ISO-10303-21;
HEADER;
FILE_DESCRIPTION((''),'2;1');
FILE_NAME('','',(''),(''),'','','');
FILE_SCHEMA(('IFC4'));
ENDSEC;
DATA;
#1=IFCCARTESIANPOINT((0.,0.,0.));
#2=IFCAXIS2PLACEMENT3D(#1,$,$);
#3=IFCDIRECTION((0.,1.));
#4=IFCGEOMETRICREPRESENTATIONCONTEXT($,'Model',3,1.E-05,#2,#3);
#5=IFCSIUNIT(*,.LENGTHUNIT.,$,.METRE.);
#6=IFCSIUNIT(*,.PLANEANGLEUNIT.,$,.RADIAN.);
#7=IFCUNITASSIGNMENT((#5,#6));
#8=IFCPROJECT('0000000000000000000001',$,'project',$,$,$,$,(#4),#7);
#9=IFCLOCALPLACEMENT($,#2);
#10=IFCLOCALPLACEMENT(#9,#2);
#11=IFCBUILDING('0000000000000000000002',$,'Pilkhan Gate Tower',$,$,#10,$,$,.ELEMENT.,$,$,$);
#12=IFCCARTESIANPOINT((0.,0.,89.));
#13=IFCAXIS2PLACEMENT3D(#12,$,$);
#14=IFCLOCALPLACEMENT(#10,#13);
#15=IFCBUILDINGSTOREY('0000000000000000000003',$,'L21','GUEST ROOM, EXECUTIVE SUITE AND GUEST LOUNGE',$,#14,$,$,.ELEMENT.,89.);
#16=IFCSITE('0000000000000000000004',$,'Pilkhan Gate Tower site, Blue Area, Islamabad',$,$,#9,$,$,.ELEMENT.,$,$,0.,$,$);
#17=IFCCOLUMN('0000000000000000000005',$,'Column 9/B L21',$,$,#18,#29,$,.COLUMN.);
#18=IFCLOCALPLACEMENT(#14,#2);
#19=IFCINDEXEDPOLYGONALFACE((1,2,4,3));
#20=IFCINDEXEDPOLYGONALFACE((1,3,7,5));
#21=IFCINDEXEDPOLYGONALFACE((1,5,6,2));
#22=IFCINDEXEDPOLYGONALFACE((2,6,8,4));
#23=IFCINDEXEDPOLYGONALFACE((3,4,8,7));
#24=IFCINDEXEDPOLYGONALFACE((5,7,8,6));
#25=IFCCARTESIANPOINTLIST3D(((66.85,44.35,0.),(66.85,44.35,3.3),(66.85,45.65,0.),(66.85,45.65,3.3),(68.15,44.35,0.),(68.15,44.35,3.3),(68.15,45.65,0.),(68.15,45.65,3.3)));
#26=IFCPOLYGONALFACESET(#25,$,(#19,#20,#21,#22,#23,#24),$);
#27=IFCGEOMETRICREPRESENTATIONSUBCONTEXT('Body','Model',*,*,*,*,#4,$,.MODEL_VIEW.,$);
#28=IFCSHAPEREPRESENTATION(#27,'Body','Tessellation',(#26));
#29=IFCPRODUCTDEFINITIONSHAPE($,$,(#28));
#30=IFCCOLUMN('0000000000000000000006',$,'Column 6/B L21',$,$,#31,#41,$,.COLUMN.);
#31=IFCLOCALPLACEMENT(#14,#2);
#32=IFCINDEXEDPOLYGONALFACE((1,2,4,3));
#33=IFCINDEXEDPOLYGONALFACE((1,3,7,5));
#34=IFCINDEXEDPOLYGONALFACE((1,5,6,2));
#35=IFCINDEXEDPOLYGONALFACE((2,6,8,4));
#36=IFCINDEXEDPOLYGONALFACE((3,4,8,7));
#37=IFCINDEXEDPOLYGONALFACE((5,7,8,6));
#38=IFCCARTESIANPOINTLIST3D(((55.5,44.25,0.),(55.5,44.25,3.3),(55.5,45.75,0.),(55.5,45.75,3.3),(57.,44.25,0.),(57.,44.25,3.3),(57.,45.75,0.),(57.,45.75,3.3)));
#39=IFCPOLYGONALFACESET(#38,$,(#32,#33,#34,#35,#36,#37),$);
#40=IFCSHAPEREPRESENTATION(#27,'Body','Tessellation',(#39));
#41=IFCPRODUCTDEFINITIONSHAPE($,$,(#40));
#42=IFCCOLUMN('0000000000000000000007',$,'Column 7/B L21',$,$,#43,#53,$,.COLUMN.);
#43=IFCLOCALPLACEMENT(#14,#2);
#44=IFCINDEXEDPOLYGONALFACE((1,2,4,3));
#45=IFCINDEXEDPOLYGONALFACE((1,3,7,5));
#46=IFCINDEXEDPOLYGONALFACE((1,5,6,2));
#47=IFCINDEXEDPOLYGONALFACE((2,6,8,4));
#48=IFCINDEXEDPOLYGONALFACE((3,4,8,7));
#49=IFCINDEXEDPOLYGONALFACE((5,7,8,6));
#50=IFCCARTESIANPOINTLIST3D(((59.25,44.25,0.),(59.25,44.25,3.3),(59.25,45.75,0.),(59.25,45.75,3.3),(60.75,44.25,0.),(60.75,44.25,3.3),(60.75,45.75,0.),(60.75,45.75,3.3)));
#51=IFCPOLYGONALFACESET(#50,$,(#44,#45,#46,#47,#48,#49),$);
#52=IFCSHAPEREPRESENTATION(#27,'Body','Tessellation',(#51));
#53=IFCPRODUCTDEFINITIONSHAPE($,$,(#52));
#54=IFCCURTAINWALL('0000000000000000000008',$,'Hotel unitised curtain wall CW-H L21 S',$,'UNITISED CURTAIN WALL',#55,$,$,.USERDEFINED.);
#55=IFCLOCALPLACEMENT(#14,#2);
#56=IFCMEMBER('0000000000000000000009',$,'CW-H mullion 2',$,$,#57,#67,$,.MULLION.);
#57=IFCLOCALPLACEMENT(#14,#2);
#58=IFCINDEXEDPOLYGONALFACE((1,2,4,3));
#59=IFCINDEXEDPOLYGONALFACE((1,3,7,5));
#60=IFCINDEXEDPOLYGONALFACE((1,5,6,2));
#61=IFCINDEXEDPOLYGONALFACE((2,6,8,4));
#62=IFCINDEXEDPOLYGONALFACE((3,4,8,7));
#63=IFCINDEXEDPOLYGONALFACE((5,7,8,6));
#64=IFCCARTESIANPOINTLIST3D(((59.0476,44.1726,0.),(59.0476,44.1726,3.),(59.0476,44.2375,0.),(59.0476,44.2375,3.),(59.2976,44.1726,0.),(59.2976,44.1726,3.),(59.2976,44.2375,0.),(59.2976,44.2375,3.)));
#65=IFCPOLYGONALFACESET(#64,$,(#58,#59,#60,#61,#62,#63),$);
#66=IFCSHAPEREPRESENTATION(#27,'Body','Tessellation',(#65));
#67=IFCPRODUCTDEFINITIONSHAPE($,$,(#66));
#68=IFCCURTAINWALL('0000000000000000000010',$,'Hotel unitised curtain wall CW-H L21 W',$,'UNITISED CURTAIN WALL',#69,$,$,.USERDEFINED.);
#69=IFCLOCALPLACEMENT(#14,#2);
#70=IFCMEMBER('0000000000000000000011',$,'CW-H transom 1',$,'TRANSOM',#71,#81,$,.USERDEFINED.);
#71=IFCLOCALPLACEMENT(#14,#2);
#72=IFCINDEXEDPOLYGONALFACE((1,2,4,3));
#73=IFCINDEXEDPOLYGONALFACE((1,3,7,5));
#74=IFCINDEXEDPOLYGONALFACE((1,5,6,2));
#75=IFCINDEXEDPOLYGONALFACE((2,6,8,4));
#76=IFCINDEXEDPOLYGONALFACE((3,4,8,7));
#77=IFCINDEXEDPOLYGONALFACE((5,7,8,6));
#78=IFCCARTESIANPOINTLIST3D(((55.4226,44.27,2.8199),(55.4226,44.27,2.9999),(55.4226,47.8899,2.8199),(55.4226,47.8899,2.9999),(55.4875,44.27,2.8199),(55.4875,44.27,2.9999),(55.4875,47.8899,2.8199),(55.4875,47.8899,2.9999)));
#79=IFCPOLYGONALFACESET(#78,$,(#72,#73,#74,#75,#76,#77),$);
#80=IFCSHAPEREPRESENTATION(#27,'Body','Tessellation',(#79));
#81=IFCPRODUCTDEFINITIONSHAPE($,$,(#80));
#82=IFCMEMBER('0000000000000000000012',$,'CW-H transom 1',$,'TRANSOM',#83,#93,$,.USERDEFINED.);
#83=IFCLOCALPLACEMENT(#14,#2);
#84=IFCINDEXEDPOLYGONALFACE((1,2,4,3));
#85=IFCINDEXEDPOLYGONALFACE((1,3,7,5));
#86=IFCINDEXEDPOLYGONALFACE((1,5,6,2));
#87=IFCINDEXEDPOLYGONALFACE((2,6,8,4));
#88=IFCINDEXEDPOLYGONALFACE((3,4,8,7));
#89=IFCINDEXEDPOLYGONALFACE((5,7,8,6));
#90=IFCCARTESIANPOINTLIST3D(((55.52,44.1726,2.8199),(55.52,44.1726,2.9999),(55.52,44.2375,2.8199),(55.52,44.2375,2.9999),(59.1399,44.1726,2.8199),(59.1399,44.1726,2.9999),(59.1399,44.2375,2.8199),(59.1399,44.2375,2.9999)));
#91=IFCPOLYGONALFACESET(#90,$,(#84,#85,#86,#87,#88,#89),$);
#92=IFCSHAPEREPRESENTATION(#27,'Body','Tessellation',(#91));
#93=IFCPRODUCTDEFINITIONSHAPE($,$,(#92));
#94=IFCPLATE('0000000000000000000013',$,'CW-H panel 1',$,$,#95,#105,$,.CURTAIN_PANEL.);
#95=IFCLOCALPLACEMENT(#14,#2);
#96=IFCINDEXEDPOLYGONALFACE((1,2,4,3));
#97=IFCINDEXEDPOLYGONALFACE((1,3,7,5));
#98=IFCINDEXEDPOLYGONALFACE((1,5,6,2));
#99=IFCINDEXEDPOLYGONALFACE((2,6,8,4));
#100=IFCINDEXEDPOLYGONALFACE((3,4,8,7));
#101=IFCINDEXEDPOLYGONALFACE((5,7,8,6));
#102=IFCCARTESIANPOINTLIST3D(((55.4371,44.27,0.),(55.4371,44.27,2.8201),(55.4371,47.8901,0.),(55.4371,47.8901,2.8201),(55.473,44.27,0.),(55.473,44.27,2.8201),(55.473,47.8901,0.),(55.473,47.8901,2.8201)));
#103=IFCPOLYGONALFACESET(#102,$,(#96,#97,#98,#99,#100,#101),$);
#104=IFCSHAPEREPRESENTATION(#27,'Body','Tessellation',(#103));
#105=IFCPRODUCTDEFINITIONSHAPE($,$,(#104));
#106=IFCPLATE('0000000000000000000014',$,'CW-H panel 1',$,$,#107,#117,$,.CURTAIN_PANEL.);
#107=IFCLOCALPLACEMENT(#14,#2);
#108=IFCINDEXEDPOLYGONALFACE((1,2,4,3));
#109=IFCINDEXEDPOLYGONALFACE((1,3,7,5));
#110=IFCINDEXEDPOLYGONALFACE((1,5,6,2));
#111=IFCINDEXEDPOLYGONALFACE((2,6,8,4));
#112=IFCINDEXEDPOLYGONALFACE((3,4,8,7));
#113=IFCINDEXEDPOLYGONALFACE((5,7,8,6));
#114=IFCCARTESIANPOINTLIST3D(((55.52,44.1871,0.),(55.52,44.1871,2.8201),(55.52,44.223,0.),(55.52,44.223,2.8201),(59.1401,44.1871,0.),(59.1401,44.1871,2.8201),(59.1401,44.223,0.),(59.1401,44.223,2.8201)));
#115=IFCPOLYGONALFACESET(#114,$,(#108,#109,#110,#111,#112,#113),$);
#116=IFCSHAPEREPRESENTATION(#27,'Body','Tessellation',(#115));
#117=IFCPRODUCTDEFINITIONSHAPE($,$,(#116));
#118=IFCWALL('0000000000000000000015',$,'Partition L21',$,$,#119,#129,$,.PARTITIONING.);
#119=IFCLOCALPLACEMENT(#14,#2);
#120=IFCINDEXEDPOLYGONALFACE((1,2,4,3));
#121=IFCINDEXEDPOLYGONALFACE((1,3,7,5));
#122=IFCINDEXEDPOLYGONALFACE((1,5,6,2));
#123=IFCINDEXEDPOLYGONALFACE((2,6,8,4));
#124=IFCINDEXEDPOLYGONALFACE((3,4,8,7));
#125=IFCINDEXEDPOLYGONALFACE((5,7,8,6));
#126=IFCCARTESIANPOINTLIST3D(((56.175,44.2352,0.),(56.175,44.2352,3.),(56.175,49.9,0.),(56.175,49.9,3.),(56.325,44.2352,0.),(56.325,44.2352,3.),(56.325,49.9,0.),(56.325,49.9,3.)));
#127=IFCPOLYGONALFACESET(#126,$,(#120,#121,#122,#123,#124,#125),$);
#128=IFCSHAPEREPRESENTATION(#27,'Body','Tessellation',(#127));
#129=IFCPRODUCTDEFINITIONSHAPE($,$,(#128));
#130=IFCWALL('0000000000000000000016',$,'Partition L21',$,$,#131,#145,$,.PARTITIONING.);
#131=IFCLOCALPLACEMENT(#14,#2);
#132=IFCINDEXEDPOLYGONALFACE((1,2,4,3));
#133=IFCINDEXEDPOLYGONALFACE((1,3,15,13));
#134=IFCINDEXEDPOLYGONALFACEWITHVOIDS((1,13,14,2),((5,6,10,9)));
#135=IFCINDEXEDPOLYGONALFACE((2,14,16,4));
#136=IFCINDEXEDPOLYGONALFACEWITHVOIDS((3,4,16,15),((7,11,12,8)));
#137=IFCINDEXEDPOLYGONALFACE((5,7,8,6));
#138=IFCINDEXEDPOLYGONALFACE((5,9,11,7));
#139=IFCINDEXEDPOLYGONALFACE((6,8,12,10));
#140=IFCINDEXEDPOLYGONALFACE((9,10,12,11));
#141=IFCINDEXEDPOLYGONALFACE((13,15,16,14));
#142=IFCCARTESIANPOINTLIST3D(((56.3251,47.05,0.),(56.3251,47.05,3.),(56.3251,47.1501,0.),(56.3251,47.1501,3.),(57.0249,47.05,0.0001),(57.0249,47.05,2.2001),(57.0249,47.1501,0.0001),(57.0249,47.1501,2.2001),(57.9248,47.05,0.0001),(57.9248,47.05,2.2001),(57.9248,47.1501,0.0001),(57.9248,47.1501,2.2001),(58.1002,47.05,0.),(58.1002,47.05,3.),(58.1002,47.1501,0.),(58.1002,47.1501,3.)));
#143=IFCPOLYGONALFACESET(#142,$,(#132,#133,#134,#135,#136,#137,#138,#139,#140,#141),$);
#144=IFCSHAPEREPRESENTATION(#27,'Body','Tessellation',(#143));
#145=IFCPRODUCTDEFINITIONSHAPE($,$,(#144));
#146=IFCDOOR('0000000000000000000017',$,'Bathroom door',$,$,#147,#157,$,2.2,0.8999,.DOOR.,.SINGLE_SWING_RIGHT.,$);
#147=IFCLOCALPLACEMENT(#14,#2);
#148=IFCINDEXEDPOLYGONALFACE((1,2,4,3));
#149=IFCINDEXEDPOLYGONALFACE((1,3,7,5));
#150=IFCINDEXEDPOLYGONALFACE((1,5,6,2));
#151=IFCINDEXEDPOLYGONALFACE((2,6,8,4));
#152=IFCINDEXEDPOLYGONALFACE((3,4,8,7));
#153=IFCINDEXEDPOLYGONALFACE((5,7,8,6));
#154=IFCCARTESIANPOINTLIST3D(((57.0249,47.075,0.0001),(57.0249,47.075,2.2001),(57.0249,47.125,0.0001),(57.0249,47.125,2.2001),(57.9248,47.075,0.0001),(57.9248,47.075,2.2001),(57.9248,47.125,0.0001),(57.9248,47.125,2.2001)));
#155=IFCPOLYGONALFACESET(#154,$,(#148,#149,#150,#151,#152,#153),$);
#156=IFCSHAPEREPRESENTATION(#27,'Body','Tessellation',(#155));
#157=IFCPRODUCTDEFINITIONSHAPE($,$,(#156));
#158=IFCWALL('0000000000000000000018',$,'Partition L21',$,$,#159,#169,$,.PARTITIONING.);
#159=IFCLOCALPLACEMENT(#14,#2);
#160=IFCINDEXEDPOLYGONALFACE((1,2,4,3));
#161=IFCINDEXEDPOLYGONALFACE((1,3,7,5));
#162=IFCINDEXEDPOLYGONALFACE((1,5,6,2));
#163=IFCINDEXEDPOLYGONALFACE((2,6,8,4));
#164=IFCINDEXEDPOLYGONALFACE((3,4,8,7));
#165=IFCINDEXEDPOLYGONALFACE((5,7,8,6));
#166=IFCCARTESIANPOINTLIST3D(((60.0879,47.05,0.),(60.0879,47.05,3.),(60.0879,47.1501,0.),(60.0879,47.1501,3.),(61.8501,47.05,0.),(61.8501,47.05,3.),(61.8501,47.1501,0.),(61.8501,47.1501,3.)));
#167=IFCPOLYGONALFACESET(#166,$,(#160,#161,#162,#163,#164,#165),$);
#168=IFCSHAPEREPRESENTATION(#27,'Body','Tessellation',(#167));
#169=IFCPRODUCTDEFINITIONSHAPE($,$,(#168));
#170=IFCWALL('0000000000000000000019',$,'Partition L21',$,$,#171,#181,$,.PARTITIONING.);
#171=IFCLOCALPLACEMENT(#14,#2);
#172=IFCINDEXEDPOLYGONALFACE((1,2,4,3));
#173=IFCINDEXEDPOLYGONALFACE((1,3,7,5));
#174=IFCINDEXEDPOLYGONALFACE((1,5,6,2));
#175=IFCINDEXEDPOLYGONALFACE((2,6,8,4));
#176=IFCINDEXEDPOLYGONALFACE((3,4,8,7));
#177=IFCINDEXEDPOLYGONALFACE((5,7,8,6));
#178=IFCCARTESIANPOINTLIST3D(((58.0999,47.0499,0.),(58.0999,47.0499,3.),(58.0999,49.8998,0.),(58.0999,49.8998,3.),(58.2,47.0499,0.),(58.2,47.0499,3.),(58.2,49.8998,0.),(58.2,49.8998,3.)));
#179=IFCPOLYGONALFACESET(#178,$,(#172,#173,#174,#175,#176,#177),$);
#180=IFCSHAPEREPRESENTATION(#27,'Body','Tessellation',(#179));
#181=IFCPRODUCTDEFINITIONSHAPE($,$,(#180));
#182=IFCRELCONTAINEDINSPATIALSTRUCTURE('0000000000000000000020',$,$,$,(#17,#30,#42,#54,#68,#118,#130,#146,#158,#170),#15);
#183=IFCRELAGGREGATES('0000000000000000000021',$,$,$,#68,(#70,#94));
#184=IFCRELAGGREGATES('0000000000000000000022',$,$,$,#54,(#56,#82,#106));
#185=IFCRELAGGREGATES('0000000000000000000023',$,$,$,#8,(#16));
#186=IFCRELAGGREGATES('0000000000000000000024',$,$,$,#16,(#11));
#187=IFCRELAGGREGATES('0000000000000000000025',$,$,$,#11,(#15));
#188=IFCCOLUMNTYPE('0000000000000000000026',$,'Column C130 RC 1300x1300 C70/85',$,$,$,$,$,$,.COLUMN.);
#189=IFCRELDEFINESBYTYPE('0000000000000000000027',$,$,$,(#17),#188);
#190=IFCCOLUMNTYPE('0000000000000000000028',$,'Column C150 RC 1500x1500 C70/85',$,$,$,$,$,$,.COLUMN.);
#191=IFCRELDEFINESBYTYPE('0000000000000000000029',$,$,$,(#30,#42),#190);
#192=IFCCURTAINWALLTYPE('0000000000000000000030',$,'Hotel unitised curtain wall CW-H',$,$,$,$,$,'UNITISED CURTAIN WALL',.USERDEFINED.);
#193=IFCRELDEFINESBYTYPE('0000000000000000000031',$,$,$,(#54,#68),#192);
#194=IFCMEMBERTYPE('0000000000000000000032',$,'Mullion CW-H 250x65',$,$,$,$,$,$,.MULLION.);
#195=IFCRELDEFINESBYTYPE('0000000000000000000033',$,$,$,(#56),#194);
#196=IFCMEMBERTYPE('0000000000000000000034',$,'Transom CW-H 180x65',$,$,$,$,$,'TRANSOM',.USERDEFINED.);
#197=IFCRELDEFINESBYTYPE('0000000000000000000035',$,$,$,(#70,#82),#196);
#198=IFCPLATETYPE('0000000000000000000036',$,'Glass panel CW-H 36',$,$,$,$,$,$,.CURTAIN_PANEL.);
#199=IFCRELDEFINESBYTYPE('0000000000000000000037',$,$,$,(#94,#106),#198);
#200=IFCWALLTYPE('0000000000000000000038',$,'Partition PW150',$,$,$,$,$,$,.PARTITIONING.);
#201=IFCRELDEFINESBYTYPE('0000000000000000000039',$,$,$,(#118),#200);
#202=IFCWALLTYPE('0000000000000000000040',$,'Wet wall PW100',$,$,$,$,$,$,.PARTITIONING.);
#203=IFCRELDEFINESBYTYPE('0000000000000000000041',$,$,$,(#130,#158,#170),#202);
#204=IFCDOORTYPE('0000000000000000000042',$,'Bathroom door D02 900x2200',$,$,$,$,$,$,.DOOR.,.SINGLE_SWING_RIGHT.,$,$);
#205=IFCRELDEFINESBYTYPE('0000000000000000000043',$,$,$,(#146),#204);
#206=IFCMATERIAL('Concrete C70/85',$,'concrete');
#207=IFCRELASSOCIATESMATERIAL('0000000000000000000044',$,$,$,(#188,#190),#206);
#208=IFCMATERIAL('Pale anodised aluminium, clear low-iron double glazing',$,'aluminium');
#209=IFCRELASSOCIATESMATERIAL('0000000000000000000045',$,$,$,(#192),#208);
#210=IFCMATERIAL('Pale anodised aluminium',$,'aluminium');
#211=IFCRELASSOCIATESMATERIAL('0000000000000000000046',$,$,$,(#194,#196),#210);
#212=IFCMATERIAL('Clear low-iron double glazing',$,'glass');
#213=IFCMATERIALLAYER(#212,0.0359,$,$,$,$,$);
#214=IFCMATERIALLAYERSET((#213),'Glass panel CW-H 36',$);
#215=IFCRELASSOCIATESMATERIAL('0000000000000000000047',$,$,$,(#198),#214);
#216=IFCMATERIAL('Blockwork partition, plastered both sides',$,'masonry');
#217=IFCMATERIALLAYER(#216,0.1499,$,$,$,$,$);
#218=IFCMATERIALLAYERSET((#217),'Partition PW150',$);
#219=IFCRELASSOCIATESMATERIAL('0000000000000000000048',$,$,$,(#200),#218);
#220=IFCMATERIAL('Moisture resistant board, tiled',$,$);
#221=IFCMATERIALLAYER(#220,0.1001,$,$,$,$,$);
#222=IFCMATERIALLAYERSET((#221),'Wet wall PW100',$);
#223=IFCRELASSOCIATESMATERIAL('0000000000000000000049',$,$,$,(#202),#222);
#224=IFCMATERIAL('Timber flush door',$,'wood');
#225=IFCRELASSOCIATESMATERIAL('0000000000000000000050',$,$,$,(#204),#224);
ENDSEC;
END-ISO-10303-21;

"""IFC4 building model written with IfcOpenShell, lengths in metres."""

from ifc_helpers import new_model, si_unit, direction, frame, frame_2d, origin, origin_2d, place, context, subcontext, project, spatial, rectangle, extrude, material, layer, layer_set, material_profile, profile_set, type_object, element, fill, aggregate, save


model = new_model("IFC4")

# Units and contexts
model_context = context("Model", 3, precision=1e-05, world=origin(), true_north=direction((0.0, 1.0)))
body_context = subcontext(model_context, "Body", "Model", "MODEL_VIEW")
ifc_project = project(units=[si_unit("LENGTHUNIT", "METRE"), si_unit("PLANEANGLEUNIT", "RADIAN")], contexts=[model_context])

# Site, building, storey
site_placement = place(None, origin())
site = spatial("IfcSite", under=ifc_project, at=site_placement, Name="Pilkhan Gate Tower site, Blue Area, Islamabad", CompositionType="ELEMENT", RefElevation=0.0)
building_placement = place(site_placement, origin())
building = spatial("IfcBuilding", under=site, at=building_placement, Name="Pilkhan Gate Tower", CompositionType="ELEMENT")
storey_placement = place(building_placement, frame((0.0, 0.0, 89.0)))
storey = spatial("IfcBuildingStorey", under=building, at=storey_placement, Name="L21", Description="GUEST ROOM, EXECUTIVE SUITE AND GUEST LOUNGE", CompositionType="ELEMENT", Elevation=89.0)

# Columns
ifc_material_1 = material(Name="Concrete C70/85", Category="concrete")
ifc_material_profile_1 = material_profile(ifc_material_1, rectangle(XDim=1.3, YDim=1.3, at=origin_2d()), Name="RC 1300x1300")
ifc_profile_set_1 = profile_set([ifc_material_profile_1], Name="Concrete C70/85")
column_type_1 = type_object("IfcColumnType", Name="Column C130 RC 1300x1300 C70/85", PredefinedType="COLUMN", material=ifc_profile_set_1)
column_placement = place(storey_placement, frame((67.5, 45.0, 0.0), z_axis=(0.0, 0.0, 1.0), x_axis=(1.0, 0.0, 0.0)))
element("IfcColumn", 1, at=column_placement, inside=storey, type_object=column_type_1, Name="Column 9/B L21", PredefinedType="COLUMN", context=body_context, shape_type="SweptSolid", body=[
    extrude(rectangle(XDim=1.3, YDim=1.3, at=origin_2d()), origin(), (0.0, 0.0, 1.0), 3.3),
])
ifc_material_profile_2 = material_profile(ifc_material_1, rectangle(XDim=1.5, YDim=1.5, at=origin_2d()), Name="RC 1500x1500")
ifc_profile_set_2 = profile_set([ifc_material_profile_2], Name="Concrete C70/85")
column_type_2 = type_object("IfcColumnType", Name="Column C150 RC 1500x1500 C70/85", PredefinedType="COLUMN", material=ifc_profile_set_2)
for number, where, z_axis, x_axis, name in (
    (2, (56.25, 45.0, 0.0), (0.0, 0.0, 1.0), (1.0, 0.0, 0.0), "Column 6/B L21"),
    (3, (60.0, 45.0, 0.0), (0.0, 0.0, 1.0), (1.0, 0.0, 0.0), "Column 7/B L21"),
):
    element("IfcColumn", number, at=place(storey_placement, frame(where, z_axis=z_axis, x_axis=x_axis)), inside=storey, type_object=column_type_2, Name=name, PredefinedType="COLUMN", context=body_context, shape_type="SweptSolid", body=[
        extrude(rectangle(XDim=1.5, YDim=1.5, at=origin_2d()), origin(), (0.0, 0.0, 1.0), 3.3),
    ])

# Curtain walls, members
ifc_material_2 = material(Name="Pale anodised aluminium, clear low-iron double glazing", Category="aluminium")
curtain_wall_type = type_object("IfcCurtainWallType", Name="Hotel unitised curtain wall CW-H", ElementType="UNITISED CURTAIN WALL", PredefinedType="USERDEFINED", material=ifc_material_2)
curtain_wall_1_placement = place(storey_placement, origin())
curtain_wall_1 = element("IfcCurtainWall", 4, at=curtain_wall_1_placement, inside=storey, type_object=curtain_wall_type, Name="Hotel unitised curtain wall CW-H L21 S", ObjectType="UNITISED CURTAIN WALL", PredefinedType="USERDEFINED")
ifc_material_3 = material(Name="Pale anodised aluminium", Category="aluminium")
ifc_material_profile_3 = material_profile(ifc_material_3, rectangle(XDim=0.0649, YDim=0.25, at=origin_2d()), Name="Mullion 250x65")
ifc_profile_set_3 = profile_set([ifc_material_profile_3], Name="Pale anodised aluminium")
member_type_1 = type_object("IfcMemberType", Name="Mullion CW-H 250x65", PredefinedType="MULLION", material=ifc_profile_set_3)
member_1_placement = place(storey_placement, frame((59.1726, 44.2051, 0.0), z_axis=(0.0, 0.0, 1.0), x_axis=(0.0, 1.0, 0.0)))
member_1 = element("IfcMember", 5, at=member_1_placement, type_object=member_type_1, Name="CW-H mullion 2", PredefinedType="MULLION", context=body_context, shape_type="SweptSolid", body=[
    extrude(rectangle(XDim=0.0649, YDim=0.25, at=origin_2d()), origin(), (0.0, 0.0, 1.0), 3.0),
])
curtain_wall_2_placement = place(storey_placement, origin())
curtain_wall_2 = element("IfcCurtainWall", 6, at=curtain_wall_2_placement, inside=storey, type_object=curtain_wall_type, Name="Hotel unitised curtain wall CW-H L21 W", ObjectType="UNITISED CURTAIN WALL", PredefinedType="USERDEFINED")
ifc_material_profile_4 = material_profile(ifc_material_3, rectangle(XDim=0.0649, YDim=0.1799, at=origin_2d()), Name="Transom 180x65")
ifc_profile_set_4 = profile_set([ifc_material_profile_4], Name="Pale anodised aluminium")
member_type_2 = type_object("IfcMemberType", Name="Transom CW-H 180x65", ElementType="TRANSOM", PredefinedType="USERDEFINED", material=ifc_profile_set_4)
member_2_placement = place(storey_placement, frame((55.4551, 44.27, 2.9099), z_axis=(0.0, 1.0, 0.0), x_axis=(-1.0, 0.0, 0.0)))
member_2 = element("IfcMember", 7, at=member_2_placement, type_object=member_type_2, Name="CW-H transom 1", ObjectType="TRANSOM", PredefinedType="USERDEFINED", context=body_context, shape_type="SweptSolid", body=[
    extrude(rectangle(XDim=0.0649, YDim=0.1799, at=origin_2d()), origin(), (0.0, 0.0, 1.0), 3.6199),
])

# Member
member_3_placement = place(storey_placement, frame((55.52, 44.2051, 2.9099), z_axis=(1.0, 0.0, 0.0), x_axis=(0.0, 1.0, 0.0)))
member_3 = element("IfcMember", 8, at=member_3_placement, type_object=member_type_2, Name="CW-H transom 1", ObjectType="TRANSOM", PredefinedType="USERDEFINED", context=body_context, shape_type="SweptSolid", body=[
    extrude(rectangle(XDim=0.0649, YDim=0.1799, at=origin_2d()), origin(), (0.0, 0.0, 1.0), 3.6199),
])

# Plates
ifc_material_4 = material(Name="Clear low-iron double glazing", Category="glass")
ifc_layer_1 = layer(ifc_material_4, 0.0359)
ifc_layer_set_1 = layer_set([ifc_layer_1], Name="Glass panel CW-H 36")
plate_type = type_object("IfcPlateType", Name="Glass panel CW-H 36", PredefinedType="CURTAIN_PANEL", material=ifc_layer_set_1)
plate_1_placement = place(storey_placement, frame((55.4551, 46.0801, 0.0), z_axis=(0.0, 0.0, 1.0), x_axis=(0.0, 1.0, 0.0)))
plate_1 = element("IfcPlate", 9, at=plate_1_placement, type_object=plate_type, Name="CW-H panel 1", PredefinedType="CURTAIN_PANEL", context=body_context, shape_type="SweptSolid", body=[
    extrude(rectangle(XDim=3.6201, YDim=0.0359, at=origin_2d()), origin(), (0.0, 0.0, 1.0), 2.8201),
])
aggregate(curtain_wall_2, [member_2, plate_1])
plate_2_placement = place(storey_placement, frame((57.3301, 44.2051, 0.0), z_axis=(0.0, 0.0, 1.0), x_axis=(1.0, 0.0, 0.0)))
plate_2 = element("IfcPlate", 10, at=plate_2_placement, type_object=plate_type, Name="CW-H panel 1", PredefinedType="CURTAIN_PANEL", context=body_context, shape_type="SweptSolid", body=[
    extrude(rectangle(XDim=3.6201, YDim=0.0359, at=origin_2d()), origin(), (0.0, 0.0, 1.0), 2.8201),
])
aggregate(curtain_wall_1, [member_1, member_3, plate_2])

# Wall
ifc_material_5 = material(Name="Blockwork partition, plastered both sides", Category="masonry")
ifc_layer_2 = layer(ifc_material_5, 0.1499)
ifc_layer_set_2 = layer_set([ifc_layer_2], Name="Partition PW150")
wall_type_1 = type_object("IfcWallType", Name="Partition PW150", PredefinedType="PARTITIONING", material=ifc_layer_set_2)
wall_1_placement = place(storey_placement, frame((56.25, 44.2351, 0.0), z_axis=(0.0, 0.0, 1.0), x_axis=(0.0, 1.0, 0.0)))
element("IfcWall", 11, at=wall_1_placement, inside=storey, type_object=wall_type_1, Name="Partition L21", PredefinedType="PARTITIONING", context=body_context, shape_type="SweptSolid", body=[
    extrude(rectangle(XDim=5.6648, YDim=0.1499, at=frame_2d((2.8325, 0.0))), origin(), (0.0, 0.0, 1.0), 3.0),
])

# Wall, opening, door
ifc_material_6 = material(Name="Moisture resistant board, tiled")
ifc_layer_3 = layer(ifc_material_6, 0.1001)
ifc_layer_set_3 = layer_set([ifc_layer_3], Name="Wet wall PW100")
wall_type_2 = type_object("IfcWallType", Name="Wet wall PW100", PredefinedType="PARTITIONING", material=ifc_layer_set_3)
wall_2_placement = place(storey_placement, frame((56.325, 47.1001, 0.0), z_axis=(0.0, 0.0, 1.0), x_axis=(1.0, 0.0, 0.0)))
wall_2 = element("IfcWall", 12, at=wall_2_placement, inside=storey, type_object=wall_type_2, Name="Partition L21", PredefinedType="PARTITIONING", context=body_context, shape_type="SweptSolid", body=[
    extrude(rectangle(XDim=1.7751, YDim=0.1001, at=frame_2d((0.8877, 0.0))), origin(), (0.0, 0.0, 1.0), 3.0),
])
opening_1_placement = place(wall_2_placement, frame((0.7, 0.0, 0.0)))
opening_1 = element("IfcOpeningElement", 13, at=opening_1_placement, cuts=wall_2, PredefinedType="OPENING", context=body_context, shape_type="SweptSolid", body=[
    extrude(rectangle(XDim=0.8999, YDim=2.2, at=frame_2d((0.45, 1.1001))), frame((0.0, 0.0601, 0.0), z_axis=(0.0, -1.0, 0.0), x_axis=(1.0, 0.0, 0.0)), (0.0, 0.0, 1.0), 0.1201),
])
ifc_material_7 = material(Name="Timber flush door", Category="wood")
door_type = type_object("IfcDoorType", Name="Bathroom door D02 900x2200", OperationType="SINGLE_SWING_RIGHT", PredefinedType="DOOR", material=ifc_material_7)
door_1_placement = place(opening_1_placement, origin())
door_1 = element("IfcDoor", 14, at=door_1_placement, inside=storey, type_object=door_type, Name="Bathroom door", OperationType="SINGLE_SWING_RIGHT", OverallHeight=2.2, OverallWidth=0.8999, PredefinedType="DOOR", context=body_context, shape_type="SweptSolid", body=[
    extrude(rectangle(XDim=0.8999, YDim=2.2, at=frame_2d((0.45, 1.1001))), frame((0.0, 0.0249, 0.0), z_axis=(0.0, -1.0, 0.0), x_axis=(1.0, 0.0, 0.0)), (0.0, 0.0, 1.0), 0.05),
])
fill(opening_1, door_1)

# Walls
wall_3_placement = place(storey_placement, frame((60.0879, 47.1001, 0.0), z_axis=(0.0, 0.0, 1.0), x_axis=(1.0, 0.0, 0.0)))
element("IfcWall", 15, at=wall_3_placement, inside=storey, type_object=wall_type_2, Name="Partition L21", PredefinedType="PARTITIONING", context=body_context, shape_type="SweptSolid", body=[
    extrude(rectangle(XDim=1.7622, YDim=0.1001, at=frame_2d((0.8811, 0.0))), origin(), (0.0, 0.0, 1.0), 3.0),
])
wall_4_placement = place(storey_placement, frame((58.1499, 47.05, 0.0), z_axis=(0.0, 0.0, 1.0), x_axis=(0.0, 1.0, 0.0)))
element("IfcWall", 16, at=wall_4_placement, inside=storey, type_object=wall_type_2, Name="Partition L21", PredefinedType="PARTITIONING", context=body_context, shape_type="SweptSolid", body=[
    extrude(rectangle(XDim=2.8499, YDim=0.1001, at=frame_2d((1.4248, 0.0))), origin(), (0.0, 0.0, 1.0), 3.0),
])

save(model, "model.ifc")
